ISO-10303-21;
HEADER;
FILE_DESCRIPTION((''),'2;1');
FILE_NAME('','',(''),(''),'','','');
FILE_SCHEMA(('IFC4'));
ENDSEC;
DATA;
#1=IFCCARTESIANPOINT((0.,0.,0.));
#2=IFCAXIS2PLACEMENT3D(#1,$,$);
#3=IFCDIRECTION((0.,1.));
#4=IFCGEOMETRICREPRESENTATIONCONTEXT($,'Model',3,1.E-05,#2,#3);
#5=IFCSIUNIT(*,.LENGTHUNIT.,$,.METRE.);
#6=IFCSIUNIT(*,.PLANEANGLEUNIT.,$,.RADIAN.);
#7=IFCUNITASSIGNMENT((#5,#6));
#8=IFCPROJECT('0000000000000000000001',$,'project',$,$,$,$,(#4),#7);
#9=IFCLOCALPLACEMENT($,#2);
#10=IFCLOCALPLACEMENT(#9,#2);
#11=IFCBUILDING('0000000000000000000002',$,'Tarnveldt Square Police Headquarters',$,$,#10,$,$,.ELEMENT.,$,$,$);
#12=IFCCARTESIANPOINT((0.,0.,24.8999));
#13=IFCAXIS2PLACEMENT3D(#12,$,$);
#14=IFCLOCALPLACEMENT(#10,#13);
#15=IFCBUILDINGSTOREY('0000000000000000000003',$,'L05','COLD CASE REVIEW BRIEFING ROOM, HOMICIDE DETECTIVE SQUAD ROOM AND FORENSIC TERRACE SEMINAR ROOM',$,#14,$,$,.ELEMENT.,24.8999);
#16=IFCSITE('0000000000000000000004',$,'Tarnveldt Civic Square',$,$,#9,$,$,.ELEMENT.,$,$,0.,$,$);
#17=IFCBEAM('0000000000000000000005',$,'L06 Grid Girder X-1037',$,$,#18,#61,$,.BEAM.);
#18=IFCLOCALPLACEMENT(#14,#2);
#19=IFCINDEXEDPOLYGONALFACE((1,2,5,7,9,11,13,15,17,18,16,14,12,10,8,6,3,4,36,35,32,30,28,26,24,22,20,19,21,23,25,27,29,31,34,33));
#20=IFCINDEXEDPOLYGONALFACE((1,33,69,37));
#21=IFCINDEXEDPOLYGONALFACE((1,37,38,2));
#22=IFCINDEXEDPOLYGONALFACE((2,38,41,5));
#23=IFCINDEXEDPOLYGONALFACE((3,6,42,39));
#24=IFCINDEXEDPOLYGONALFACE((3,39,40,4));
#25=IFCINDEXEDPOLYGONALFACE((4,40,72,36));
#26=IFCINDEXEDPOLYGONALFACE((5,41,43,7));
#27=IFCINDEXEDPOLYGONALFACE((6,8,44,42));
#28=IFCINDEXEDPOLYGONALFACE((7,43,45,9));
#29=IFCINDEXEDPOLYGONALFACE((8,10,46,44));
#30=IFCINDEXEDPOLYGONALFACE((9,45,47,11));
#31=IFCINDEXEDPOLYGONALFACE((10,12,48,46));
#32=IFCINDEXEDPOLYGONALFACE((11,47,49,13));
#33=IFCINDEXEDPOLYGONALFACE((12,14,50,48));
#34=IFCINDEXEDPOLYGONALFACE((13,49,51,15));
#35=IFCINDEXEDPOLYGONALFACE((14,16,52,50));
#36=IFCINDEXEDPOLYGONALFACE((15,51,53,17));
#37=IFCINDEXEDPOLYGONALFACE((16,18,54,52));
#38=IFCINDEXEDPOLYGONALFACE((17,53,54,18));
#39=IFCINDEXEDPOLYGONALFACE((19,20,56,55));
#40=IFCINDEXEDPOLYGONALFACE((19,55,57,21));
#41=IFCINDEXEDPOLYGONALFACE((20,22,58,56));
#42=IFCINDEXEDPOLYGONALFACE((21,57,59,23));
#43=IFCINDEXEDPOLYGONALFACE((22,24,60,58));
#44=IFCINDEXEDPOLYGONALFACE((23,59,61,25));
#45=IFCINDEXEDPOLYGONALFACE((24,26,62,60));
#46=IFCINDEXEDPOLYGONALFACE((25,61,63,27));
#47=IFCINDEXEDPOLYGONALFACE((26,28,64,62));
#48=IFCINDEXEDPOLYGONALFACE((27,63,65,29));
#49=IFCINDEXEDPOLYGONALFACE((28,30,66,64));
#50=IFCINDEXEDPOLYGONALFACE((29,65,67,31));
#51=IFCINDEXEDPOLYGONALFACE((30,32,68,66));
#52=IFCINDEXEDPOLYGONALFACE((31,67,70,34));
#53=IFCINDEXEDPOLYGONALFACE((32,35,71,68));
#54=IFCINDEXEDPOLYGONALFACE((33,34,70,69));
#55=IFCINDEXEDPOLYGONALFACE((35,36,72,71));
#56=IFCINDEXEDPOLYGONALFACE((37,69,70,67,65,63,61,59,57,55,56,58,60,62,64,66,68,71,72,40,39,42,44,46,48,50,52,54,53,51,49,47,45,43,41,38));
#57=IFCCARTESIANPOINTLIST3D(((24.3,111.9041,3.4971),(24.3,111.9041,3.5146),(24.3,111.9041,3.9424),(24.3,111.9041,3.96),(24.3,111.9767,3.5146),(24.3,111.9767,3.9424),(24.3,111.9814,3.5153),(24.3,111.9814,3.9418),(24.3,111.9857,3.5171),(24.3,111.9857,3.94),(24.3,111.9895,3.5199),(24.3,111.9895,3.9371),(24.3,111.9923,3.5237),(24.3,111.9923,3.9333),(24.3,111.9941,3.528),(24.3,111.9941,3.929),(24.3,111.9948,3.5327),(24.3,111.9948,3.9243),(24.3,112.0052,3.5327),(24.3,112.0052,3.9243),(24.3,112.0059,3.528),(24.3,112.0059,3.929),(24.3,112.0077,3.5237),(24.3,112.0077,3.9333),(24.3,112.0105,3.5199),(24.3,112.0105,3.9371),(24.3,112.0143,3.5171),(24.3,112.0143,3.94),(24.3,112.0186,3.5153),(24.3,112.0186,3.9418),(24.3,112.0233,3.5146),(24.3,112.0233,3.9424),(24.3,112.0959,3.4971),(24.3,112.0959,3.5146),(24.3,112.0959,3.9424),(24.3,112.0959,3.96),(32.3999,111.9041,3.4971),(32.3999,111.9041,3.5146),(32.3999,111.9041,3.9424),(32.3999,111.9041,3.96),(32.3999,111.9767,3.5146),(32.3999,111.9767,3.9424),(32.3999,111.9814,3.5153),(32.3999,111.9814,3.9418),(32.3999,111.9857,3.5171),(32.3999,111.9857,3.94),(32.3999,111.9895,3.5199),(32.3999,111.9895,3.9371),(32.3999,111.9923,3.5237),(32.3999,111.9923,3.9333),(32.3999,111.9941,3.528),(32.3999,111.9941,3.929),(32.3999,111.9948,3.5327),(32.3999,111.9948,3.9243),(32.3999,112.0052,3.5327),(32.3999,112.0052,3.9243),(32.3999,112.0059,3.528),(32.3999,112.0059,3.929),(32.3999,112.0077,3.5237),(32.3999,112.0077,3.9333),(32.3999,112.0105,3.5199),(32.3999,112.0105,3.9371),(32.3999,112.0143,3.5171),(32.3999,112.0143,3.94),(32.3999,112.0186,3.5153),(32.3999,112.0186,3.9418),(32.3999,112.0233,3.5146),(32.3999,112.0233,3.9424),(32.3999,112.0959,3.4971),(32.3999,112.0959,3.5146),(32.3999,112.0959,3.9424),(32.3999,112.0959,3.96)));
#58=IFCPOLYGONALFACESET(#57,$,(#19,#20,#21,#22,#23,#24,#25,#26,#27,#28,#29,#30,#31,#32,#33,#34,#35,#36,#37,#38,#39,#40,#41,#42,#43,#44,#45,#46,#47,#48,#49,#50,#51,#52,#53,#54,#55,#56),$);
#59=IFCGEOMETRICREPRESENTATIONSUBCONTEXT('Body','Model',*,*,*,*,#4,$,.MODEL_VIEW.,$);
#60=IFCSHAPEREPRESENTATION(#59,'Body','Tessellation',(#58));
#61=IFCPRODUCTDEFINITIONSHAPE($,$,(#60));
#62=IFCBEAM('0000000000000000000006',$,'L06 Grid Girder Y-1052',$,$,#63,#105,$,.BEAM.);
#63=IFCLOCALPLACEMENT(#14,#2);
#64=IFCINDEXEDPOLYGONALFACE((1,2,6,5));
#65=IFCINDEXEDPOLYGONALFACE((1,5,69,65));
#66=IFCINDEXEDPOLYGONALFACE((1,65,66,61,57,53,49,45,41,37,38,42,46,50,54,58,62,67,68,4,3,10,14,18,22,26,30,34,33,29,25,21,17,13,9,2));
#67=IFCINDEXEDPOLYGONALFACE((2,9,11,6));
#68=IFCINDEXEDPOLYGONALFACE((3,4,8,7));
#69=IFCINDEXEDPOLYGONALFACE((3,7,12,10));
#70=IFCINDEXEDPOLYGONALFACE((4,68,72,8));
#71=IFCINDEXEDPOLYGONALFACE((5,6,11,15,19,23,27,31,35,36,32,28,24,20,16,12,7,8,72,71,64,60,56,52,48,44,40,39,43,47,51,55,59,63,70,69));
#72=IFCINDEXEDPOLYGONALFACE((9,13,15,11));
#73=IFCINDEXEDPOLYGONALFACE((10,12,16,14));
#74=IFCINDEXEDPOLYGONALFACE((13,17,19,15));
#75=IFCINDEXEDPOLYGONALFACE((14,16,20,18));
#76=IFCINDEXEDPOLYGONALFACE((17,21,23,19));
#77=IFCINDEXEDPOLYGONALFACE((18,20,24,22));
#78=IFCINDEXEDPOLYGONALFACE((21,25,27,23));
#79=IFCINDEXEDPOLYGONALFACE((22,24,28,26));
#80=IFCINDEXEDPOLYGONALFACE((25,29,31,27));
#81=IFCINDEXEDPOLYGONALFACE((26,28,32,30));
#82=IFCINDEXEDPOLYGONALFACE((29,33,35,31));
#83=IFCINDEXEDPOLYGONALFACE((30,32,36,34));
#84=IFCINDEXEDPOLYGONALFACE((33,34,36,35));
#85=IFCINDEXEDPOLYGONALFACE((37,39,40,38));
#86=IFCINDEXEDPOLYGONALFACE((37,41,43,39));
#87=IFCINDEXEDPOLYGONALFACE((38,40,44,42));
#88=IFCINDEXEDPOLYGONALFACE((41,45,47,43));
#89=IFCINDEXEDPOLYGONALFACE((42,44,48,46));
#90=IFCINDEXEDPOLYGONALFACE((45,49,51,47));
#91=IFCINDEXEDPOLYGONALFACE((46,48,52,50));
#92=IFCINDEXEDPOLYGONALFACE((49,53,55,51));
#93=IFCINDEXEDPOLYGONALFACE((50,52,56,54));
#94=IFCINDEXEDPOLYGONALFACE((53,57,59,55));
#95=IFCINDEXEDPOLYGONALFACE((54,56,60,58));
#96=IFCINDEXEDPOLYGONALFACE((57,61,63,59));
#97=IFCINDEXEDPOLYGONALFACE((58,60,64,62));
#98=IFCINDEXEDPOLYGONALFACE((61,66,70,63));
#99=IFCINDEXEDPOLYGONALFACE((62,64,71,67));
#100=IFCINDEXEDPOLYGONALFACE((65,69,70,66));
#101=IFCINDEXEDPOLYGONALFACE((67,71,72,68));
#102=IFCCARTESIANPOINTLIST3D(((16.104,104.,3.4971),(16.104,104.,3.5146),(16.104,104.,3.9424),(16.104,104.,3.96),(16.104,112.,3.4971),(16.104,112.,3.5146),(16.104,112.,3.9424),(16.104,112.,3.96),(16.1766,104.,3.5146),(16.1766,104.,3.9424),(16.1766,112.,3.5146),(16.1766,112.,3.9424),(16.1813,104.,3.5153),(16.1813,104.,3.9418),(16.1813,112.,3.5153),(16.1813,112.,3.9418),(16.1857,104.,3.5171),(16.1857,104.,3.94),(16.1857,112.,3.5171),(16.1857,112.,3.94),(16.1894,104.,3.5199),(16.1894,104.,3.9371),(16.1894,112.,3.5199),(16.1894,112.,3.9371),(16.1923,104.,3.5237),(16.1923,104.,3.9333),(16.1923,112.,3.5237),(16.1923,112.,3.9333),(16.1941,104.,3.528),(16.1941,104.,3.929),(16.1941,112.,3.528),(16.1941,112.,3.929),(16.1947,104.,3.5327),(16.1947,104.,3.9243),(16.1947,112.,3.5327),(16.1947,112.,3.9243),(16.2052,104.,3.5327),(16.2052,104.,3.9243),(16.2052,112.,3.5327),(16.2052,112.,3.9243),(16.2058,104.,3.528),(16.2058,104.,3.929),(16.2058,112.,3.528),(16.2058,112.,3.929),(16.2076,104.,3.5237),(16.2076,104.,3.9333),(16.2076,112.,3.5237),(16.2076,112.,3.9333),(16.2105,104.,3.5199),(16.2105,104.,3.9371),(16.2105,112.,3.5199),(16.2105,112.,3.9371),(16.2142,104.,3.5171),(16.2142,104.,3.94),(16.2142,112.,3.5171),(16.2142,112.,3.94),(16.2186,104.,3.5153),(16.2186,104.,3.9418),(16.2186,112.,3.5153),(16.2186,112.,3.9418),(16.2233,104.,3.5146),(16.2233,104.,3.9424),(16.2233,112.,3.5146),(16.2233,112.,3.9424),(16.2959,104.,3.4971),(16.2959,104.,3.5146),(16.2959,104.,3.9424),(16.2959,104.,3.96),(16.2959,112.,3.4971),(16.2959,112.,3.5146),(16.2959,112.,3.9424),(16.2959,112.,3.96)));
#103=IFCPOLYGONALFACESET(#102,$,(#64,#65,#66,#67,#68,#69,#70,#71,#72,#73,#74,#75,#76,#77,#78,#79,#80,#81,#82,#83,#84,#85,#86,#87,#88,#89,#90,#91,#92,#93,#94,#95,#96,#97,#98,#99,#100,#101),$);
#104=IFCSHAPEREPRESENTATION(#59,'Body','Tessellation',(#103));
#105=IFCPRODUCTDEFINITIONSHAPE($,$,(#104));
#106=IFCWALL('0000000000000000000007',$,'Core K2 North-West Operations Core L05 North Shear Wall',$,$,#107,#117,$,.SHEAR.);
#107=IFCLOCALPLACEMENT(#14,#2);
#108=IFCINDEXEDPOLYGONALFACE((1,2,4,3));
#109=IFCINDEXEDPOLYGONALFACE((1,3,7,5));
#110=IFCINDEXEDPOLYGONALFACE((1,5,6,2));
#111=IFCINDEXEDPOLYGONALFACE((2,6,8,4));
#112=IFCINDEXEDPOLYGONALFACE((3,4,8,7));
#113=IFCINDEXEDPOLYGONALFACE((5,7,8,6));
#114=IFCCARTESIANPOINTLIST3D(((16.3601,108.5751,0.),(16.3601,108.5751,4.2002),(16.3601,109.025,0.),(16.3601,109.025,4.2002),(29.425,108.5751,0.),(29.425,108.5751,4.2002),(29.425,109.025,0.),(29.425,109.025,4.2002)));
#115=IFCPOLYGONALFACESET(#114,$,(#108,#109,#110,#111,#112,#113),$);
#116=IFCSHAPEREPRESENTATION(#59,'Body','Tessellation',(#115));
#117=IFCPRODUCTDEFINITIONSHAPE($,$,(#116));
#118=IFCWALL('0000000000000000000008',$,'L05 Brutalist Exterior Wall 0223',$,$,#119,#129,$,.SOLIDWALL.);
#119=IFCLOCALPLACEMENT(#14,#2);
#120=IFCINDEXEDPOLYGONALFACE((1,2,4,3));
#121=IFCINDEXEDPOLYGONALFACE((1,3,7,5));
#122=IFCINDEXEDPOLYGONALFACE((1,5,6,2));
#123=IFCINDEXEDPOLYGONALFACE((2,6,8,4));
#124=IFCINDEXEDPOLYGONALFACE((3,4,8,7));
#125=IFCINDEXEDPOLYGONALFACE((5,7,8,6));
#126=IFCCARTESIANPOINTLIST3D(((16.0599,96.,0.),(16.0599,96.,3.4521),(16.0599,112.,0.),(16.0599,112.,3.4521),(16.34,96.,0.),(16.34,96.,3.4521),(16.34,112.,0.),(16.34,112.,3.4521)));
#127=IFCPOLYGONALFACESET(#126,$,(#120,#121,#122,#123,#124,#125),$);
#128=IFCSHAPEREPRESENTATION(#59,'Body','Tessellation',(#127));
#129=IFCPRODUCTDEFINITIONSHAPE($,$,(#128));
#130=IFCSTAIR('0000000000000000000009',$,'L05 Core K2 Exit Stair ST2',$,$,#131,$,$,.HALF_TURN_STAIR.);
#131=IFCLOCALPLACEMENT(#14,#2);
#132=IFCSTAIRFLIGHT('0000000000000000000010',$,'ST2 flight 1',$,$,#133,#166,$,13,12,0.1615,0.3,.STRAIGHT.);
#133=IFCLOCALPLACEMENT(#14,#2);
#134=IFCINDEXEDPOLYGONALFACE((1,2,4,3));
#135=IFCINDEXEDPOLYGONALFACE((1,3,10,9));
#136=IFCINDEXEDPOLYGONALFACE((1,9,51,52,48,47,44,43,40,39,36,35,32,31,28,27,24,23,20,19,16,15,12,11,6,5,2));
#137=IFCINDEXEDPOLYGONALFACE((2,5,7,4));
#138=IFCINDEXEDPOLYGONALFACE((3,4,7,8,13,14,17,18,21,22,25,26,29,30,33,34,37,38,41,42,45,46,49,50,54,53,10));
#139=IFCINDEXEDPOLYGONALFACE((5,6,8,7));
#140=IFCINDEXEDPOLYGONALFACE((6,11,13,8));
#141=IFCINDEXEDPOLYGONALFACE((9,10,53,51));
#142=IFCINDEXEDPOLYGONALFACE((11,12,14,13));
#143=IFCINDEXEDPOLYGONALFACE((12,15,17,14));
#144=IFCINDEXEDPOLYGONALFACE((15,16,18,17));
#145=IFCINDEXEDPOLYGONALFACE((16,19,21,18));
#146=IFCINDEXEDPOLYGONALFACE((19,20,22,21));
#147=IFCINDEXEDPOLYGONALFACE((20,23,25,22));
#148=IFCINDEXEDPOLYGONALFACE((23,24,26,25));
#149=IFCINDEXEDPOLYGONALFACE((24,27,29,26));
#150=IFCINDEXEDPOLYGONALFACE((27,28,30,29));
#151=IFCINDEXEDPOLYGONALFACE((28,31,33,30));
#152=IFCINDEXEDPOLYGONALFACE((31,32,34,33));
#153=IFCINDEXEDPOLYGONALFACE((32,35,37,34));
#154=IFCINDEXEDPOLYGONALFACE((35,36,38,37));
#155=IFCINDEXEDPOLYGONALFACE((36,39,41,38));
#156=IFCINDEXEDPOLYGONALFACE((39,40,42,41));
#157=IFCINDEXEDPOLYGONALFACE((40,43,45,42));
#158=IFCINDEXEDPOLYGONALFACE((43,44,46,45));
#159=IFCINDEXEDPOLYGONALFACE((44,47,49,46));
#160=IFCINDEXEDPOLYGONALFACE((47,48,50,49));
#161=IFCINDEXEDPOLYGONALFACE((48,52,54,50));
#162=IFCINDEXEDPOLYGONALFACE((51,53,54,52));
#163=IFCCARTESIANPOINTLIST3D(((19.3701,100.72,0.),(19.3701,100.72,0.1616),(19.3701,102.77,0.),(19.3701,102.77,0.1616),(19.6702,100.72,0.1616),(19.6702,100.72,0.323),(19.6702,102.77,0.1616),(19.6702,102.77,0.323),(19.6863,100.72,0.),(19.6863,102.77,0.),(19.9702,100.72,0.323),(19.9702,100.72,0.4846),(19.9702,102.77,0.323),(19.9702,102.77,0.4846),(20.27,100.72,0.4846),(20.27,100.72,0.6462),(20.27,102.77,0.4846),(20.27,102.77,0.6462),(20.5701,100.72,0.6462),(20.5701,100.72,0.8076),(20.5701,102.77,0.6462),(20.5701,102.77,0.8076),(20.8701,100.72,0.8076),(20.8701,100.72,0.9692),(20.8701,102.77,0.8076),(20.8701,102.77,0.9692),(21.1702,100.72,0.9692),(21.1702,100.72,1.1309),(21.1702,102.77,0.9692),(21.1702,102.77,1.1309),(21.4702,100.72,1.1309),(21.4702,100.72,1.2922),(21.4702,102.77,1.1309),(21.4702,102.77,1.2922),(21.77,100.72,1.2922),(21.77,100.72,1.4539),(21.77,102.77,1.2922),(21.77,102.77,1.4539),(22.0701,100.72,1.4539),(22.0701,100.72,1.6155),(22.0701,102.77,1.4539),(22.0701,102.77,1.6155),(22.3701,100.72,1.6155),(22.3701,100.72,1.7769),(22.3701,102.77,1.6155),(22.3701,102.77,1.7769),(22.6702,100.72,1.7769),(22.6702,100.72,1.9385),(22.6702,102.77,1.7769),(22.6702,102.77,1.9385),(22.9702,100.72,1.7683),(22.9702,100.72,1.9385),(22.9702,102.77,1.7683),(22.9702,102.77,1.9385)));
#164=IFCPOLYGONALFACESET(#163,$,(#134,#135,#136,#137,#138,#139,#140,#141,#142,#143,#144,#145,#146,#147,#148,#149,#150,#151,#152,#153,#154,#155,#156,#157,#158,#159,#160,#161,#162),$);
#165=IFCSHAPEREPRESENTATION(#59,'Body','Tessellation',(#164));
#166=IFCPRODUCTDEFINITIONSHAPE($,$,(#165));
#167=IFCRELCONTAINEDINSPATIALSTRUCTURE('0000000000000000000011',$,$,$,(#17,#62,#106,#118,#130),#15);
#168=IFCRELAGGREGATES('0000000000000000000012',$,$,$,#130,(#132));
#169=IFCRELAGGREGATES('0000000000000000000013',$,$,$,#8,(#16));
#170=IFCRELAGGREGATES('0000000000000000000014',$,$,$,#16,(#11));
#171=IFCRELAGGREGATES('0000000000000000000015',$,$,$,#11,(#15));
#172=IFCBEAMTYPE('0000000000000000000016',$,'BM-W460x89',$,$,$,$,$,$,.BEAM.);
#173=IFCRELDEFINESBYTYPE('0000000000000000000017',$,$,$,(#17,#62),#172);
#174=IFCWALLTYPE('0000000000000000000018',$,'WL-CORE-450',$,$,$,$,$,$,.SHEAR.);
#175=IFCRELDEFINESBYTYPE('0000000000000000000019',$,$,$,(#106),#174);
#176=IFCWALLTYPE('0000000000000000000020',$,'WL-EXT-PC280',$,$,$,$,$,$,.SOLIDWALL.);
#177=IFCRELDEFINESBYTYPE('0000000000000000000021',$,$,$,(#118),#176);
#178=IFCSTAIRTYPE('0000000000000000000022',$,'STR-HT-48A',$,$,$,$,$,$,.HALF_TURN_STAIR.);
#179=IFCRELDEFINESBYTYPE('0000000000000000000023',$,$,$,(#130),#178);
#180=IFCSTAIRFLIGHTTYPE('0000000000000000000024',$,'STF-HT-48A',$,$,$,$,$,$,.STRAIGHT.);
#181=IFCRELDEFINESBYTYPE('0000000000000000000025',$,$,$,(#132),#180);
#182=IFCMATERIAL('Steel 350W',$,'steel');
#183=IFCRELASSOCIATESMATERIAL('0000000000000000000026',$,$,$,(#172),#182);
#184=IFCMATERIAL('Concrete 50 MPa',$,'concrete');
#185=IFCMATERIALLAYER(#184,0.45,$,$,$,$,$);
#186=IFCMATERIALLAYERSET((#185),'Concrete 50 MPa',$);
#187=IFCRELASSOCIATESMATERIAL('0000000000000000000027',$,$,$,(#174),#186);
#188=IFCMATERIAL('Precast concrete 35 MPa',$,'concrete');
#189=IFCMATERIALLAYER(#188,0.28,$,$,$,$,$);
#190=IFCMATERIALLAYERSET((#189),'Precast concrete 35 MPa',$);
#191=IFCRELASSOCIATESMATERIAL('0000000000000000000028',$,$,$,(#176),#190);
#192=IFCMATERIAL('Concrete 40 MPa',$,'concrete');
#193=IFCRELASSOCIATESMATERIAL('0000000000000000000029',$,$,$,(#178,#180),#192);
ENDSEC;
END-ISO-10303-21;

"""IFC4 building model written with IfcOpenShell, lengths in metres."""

from ifc_helpers import new_model, si_unit, direction, frame, frame_2d, origin, origin_2d, place, context, subcontext, project, spatial, polyline, rectangle, i_section, outline, extrude, material, layer, layer_set, material_profile, profile_set, type_object, element, aggregate, save


model = new_model("IFC4")

# Units and contexts
model_context = context("Model", 3, precision=1e-05, world=origin(), true_north=direction((0.0, 1.0)))
body_context = subcontext(model_context, "Body", "Model", "MODEL_VIEW")
ifc_project = project(units=[si_unit("LENGTHUNIT", "METRE"), si_unit("PLANEANGLEUNIT", "RADIAN")], contexts=[model_context])

# Site, building, storey
site_placement = place(None, origin())
site = spatial("IfcSite", under=ifc_project, at=site_placement, Name="Tarnveldt Civic Square", CompositionType="ELEMENT", RefElevation=0.0)
building_placement = place(site_placement, origin())
building = spatial("IfcBuilding", under=site, at=building_placement, Name="Tarnveldt Square Police Headquarters", CompositionType="ELEMENT")
storey_placement = place(building_placement, frame((0.0, 0.0, 24.8999)))
storey = spatial("IfcBuildingStorey", under=building, at=storey_placement, Name="L05", Description="COLD CASE REVIEW BRIEFING ROOM, HOMICIDE DETECTIVE SQUAD ROOM AND FORENSIC TERRACE SEMINAR ROOM", CompositionType="ELEMENT", Elevation=24.8999)

# Shared definitions
ifc_material_1 = material(Name="Steel 350W", Category="steel")

# Beams
ifc_material_2 = material(Name="Concrete 50 MPa", Category="concrete")
ifc_material_3 = material(Name="Concrete 40 MPa", Category="concrete")
ifc_material_profile_1 = material_profile(ifc_material_1, i_section(OverallWidth=0.1919, OverallDepth=0.4629, WebThickness=0.0105, FlangeThickness=0.0176, FilletRadius=0.0181, at=origin_2d()), Name="W460x89")
ifc_profile_set_1 = profile_set([ifc_material_profile_1], Name="Steel 350W")
beam_type_1 = type_object("IfcBeamType", Name="BM-W460x89", PredefinedType="BEAM", material=ifc_profile_set_1)
beam_1_placement = place(storey_placement, frame((24.3, 112.0, 3.7285), z_axis=(1.0, 0.0, 0.0), x_axis=(0.0, 1.0, 0.0)))
element("IfcBeam", 1, at=beam_1_placement, inside=storey, type_object=beam_type_1, Name="L06 Grid Girder X-1037", PredefinedType="BEAM", context=body_context, shape_type="SweptSolid", body=[
    extrude(i_section(OverallWidth=0.1919, OverallDepth=0.4629, WebThickness=0.0105, FlangeThickness=0.0176, FilletRadius=0.0181, at=origin_2d()), origin(), (0.0, 0.0, 1.0), 8.0999),
])
beam_2_placement = place(storey_placement, frame((16.2, 104.0, 3.7285), z_axis=(0.0, 1.0, 0.0), x_axis=(-1.0, 0.0, 0.0)))
element("IfcBeam", 2, at=beam_2_placement, inside=storey, type_object=beam_type_1, Name="L06 Grid Girder Y-1052", PredefinedType="BEAM", context=body_context, shape_type="SweptSolid", body=[
    extrude(i_section(OverallWidth=0.1919, OverallDepth=0.4629, WebThickness=0.0105, FlangeThickness=0.0176, FilletRadius=0.0181, at=origin_2d()), origin(), (0.0, 0.0, 1.0), 8.0),
])

# Walls
ifc_layer_1 = layer(ifc_material_2, 0.45)
ifc_layer_set_1 = layer_set([ifc_layer_1], Name="Concrete 50 MPa")
wall_type_1 = type_object("IfcWallType", Name="WL-CORE-450", PredefinedType="SHEAR", material=ifc_layer_set_1)
wall_1_placement = place(storey_placement, frame((16.3601, 108.8, 0.0), z_axis=(0.0, 0.0, 1.0), x_axis=(1.0, 0.0, 0.0)))
element("IfcWall", 3, at=wall_1_placement, inside=storey, type_object=wall_type_1, Name="Core K2 North-West Operations Core L05 North Shear Wall", PredefinedType="SHEAR", context=body_context, shape_type="SweptSolid", body=[
    extrude(rectangle(XDim=13.0649, YDim=0.45, at=frame_2d((6.5325, 0.0))), origin(), (0.0, 0.0, 1.0), 4.2002),
])
ifc_material_4 = material(Name="Precast concrete 35 MPa", Category="concrete")
ifc_layer_2 = layer(ifc_material_4, 0.28)
ifc_layer_set_2 = layer_set([ifc_layer_2], Name="Precast concrete 35 MPa")
wall_type_2 = type_object("IfcWallType", Name="WL-EXT-PC280", PredefinedType="SOLIDWALL", material=ifc_layer_set_2)
wall_2_placement = place(storey_placement, frame((16.2, 112.0, 0.0), z_axis=(0.0, 0.0, 1.0), x_axis=(0.0, -1.0, 0.0)))
element("IfcWall", 4, at=wall_2_placement, inside=storey, type_object=wall_type_2, Name="L05 Brutalist Exterior Wall 0223", PredefinedType="SOLIDWALL", context=body_context, shape_type="SweptSolid", body=[
    extrude(rectangle(XDim=16.0, YDim=0.28, at=frame_2d((8.0, 0.0))), origin(), (0.0, 0.0, 1.0), 3.4521),
])

# Stair, stair flight
stair_type = type_object("IfcStairType", Name="STR-HT-48A", PredefinedType="HALF_TURN_STAIR", material=ifc_material_3)
stair_placement = place(storey_placement, origin())
stair = element("IfcStair", 5, at=stair_placement, inside=storey, type_object=stair_type, Name="L05 Core K2 Exit Stair ST2", PredefinedType="HALF_TURN_STAIR")
stair_flight_type = type_object("IfcStairFlightType", Name="STF-HT-48A", PredefinedType="STRAIGHT", material=ifc_material_3)
stair_flight_1_placement = place(storey_placement, frame((19.3701, 101.7451, 0.0), z_axis=(0.0, 0.0, 1.0), x_axis=(1.0, 0.0, 0.0)))
stair_flight_1 = element("IfcStairFlight", 6, at=stair_flight_1_placement, type_object=stair_flight_type, Name="ST2 flight 1", NumberOfRisers=13, NumberOfTreads=12, PredefinedType="STRAIGHT", RiserHeight=0.1615, TreadLength=0.3, context=body_context, shape_type="SweptSolid", body=[
    extrude(outline(polyline([(0.0, 0.0), (0.0, 0.1616), (0.3, 0.1616), (0.3, 0.323), (0.6001, 0.323), (0.6001, 0.4846), (0.8999, 0.4846), (0.8999, 0.6462), (1.2, 0.6462), (1.2, 0.8076), (1.5, 0.8076), (1.5, 0.9692), (1.8, 0.9692), (1.8, 1.1309), (2.1001, 1.1309), (2.1001, 1.2922), (2.3999, 1.2922), (2.3999, 1.4539), (2.7, 1.4539), (2.7, 1.6155), (3.0, 1.6155), (3.0, 1.7769), (3.3, 1.7769), (3.3, 1.9385), (3.6001, 1.9385), (3.6001, 2.1001), (3.6001, 1.7683), (0.3162, 0.0), (0.0, 0.0)])), frame((0.0, 1.0249, 0.0), z_axis=(0.0, -1.0, 0.0), x_axis=(1.0, 0.0, 0.0)), (0.0, 0.0, 1.0), 2.05),
])
aggregate(stair, [stair_flight_1])

save(model, "model.ifc")
